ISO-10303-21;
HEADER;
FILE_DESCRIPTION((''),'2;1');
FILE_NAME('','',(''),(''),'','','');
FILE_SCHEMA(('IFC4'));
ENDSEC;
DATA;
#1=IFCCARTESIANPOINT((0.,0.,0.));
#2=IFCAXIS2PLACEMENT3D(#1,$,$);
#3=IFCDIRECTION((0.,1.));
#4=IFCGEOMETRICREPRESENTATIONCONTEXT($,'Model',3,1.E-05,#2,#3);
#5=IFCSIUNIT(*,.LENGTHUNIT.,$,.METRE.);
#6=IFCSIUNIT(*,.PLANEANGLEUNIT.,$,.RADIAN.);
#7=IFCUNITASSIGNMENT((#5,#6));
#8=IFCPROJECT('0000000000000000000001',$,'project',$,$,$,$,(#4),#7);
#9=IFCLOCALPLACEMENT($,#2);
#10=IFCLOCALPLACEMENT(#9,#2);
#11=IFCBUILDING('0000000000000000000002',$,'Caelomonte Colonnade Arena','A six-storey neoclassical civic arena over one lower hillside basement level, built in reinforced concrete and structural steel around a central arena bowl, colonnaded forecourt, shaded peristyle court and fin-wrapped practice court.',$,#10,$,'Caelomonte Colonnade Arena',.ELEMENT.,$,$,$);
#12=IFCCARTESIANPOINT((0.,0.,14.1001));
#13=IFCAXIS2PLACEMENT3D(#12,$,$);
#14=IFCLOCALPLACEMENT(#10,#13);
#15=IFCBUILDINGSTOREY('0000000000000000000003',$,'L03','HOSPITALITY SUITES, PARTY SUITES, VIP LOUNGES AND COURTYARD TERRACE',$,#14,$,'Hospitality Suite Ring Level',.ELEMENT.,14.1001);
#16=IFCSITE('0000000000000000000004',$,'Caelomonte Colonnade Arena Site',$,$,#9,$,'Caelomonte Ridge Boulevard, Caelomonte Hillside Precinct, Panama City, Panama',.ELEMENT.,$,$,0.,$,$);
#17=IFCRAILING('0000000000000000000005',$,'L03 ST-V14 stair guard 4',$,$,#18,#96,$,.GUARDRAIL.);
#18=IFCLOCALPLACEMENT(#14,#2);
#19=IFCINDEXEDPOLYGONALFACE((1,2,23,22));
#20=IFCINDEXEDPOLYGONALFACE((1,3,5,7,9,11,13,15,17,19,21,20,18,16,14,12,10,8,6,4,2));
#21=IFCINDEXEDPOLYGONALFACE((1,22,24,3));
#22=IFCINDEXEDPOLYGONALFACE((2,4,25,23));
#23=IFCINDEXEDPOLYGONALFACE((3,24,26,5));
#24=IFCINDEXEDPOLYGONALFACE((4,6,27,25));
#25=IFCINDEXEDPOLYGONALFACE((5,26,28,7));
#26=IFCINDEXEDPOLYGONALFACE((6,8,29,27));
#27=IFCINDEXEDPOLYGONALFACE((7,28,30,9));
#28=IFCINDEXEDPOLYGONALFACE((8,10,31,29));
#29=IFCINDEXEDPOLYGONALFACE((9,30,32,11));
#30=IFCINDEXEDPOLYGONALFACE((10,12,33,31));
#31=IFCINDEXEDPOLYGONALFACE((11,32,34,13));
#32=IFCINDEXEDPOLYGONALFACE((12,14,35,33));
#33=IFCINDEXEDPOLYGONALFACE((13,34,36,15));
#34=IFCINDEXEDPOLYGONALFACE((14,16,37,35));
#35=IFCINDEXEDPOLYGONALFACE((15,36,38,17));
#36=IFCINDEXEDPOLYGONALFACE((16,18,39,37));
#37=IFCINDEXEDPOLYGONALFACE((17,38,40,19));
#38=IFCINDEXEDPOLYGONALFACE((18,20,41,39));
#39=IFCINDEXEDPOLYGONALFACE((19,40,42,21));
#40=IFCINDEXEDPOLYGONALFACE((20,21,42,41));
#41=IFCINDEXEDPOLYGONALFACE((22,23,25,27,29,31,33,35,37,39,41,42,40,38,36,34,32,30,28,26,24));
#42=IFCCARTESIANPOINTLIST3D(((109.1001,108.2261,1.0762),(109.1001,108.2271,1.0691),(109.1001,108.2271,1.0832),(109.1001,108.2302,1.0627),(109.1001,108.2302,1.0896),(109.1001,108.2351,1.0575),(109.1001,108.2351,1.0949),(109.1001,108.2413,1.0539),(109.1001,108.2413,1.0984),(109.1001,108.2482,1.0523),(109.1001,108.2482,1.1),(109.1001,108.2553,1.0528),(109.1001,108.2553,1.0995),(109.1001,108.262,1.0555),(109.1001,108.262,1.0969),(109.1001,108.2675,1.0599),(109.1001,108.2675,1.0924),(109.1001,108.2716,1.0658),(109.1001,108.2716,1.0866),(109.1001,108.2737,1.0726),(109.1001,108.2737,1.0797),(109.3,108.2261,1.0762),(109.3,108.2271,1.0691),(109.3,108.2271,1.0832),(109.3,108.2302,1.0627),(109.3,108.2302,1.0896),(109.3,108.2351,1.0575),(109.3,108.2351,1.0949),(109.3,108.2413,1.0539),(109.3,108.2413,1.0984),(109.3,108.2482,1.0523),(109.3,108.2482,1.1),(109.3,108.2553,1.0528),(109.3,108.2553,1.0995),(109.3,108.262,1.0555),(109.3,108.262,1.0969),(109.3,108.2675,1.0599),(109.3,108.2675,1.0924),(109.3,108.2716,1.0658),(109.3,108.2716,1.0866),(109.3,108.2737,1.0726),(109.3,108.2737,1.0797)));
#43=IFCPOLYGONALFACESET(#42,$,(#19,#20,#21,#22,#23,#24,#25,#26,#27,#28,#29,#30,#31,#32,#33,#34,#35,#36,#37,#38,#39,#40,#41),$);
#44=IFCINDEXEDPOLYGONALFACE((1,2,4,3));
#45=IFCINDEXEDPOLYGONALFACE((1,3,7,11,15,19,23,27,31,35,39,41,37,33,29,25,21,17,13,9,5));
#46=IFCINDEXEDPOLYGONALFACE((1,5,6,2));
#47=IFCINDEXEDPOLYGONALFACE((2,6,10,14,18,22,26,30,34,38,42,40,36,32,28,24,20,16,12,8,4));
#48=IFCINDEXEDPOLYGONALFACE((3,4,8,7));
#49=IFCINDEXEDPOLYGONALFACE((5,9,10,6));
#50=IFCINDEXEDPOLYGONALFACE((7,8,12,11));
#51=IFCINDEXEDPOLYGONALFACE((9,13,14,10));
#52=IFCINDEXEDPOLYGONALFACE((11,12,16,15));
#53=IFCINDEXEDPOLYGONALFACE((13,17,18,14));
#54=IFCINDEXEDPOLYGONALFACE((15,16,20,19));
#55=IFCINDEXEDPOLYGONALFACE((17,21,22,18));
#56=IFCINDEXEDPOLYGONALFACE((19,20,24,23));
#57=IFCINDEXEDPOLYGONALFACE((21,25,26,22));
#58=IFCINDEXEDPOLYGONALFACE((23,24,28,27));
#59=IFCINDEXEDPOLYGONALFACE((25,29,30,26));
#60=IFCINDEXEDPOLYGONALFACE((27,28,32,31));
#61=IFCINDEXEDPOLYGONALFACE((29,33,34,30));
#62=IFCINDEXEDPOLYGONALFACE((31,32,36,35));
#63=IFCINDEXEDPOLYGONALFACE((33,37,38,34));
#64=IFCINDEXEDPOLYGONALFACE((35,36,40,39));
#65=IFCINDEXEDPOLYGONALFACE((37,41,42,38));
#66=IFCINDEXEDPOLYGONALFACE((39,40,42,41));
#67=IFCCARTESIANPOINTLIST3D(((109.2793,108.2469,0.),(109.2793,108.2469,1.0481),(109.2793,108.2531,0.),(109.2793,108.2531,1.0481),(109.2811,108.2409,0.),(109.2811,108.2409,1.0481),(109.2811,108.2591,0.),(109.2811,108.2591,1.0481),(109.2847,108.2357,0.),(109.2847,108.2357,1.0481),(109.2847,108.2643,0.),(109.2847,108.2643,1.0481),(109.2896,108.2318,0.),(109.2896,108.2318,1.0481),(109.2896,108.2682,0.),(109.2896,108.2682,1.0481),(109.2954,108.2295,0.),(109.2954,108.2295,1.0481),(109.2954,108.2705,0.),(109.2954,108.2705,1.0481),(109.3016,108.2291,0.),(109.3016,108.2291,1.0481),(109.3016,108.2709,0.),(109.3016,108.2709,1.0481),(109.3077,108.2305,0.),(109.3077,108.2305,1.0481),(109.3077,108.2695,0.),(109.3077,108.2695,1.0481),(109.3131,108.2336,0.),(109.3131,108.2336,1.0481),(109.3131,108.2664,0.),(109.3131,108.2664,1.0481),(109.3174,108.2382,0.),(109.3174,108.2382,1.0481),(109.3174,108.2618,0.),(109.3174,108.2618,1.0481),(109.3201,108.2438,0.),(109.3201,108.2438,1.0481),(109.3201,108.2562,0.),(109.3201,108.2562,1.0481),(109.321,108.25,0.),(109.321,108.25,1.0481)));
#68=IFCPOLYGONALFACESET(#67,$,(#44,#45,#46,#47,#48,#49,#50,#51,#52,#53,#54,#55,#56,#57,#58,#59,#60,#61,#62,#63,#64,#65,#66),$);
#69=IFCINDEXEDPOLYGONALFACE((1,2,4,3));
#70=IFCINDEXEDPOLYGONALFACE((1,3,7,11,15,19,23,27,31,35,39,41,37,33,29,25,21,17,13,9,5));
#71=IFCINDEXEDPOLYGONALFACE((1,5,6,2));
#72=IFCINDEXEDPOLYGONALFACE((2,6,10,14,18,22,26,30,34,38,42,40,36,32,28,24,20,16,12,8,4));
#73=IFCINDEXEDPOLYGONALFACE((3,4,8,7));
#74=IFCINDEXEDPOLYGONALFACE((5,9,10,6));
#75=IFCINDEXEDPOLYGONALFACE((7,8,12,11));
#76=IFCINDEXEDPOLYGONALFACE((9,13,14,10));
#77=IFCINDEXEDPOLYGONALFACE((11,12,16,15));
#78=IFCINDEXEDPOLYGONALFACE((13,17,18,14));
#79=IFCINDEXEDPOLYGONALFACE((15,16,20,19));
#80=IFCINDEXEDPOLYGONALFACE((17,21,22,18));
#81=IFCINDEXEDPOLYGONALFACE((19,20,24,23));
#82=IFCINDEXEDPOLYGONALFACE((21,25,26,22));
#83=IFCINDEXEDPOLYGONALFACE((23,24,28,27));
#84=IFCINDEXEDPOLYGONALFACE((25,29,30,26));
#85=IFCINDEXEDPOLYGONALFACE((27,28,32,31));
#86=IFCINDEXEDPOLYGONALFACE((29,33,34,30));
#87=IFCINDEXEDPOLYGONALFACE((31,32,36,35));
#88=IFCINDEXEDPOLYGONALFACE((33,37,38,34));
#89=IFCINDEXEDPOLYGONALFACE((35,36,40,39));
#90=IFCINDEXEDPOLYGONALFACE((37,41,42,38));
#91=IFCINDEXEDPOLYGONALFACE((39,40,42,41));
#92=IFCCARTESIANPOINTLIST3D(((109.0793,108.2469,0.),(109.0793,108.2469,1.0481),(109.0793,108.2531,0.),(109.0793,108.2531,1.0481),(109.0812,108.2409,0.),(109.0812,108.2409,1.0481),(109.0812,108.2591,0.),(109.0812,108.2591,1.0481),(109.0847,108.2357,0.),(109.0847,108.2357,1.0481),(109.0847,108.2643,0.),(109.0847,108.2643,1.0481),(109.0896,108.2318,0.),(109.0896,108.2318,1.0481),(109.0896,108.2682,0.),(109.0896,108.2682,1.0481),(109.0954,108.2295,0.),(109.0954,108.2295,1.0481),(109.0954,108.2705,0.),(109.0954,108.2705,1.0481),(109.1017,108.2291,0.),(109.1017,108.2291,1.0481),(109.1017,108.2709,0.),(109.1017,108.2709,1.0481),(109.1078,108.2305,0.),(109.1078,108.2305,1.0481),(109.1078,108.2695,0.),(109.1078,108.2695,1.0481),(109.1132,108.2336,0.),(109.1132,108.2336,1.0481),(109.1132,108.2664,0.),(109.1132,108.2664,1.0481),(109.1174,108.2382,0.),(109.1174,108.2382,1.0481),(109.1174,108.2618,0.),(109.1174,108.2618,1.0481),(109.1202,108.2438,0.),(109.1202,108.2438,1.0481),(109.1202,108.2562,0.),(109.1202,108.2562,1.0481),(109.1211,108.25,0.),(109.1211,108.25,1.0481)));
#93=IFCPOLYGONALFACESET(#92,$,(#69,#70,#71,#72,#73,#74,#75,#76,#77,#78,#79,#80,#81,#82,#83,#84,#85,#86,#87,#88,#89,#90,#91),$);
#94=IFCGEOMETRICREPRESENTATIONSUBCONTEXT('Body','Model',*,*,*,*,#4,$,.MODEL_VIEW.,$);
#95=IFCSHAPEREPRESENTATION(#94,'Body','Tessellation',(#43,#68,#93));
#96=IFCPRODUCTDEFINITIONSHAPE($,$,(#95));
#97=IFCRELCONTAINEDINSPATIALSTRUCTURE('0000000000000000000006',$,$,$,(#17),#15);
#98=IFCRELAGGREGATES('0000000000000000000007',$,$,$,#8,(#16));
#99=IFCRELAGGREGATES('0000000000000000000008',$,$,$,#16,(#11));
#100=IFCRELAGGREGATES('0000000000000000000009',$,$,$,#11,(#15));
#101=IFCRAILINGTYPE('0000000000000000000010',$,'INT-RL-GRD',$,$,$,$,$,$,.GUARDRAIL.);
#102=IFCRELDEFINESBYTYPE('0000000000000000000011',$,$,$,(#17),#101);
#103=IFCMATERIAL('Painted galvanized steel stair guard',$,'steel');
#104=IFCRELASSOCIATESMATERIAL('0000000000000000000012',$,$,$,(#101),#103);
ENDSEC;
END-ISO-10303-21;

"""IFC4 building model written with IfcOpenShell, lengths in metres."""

from ifc_helpers import new_model, si_unit, direction, frame, origin, origin_2d, place, context, subcontext, project, spatial, circle, extrude, material, type_object, element, save


model = new_model("IFC4")

# Units and contexts
model_context = context("Model", 3, precision=1e-05, world=origin(), true_north=direction((0.0, 1.0)))
body_context = subcontext(model_context, "Body", "Model", "MODEL_VIEW")
ifc_project = project(units=[si_unit("LENGTHUNIT", "METRE"), si_unit("PLANEANGLEUNIT", "RADIAN")], contexts=[model_context])

# Site, building, storey
site_placement = place(None, origin())
site = spatial("IfcSite", under=ifc_project, at=site_placement, Name="Caelomonte Colonnade Arena Site", LongName="Caelomonte Ridge Boulevard, Caelomonte Hillside Precinct, Panama City, Panama", CompositionType="ELEMENT", RefElevation=0.0)
building_placement = place(site_placement, origin())
building = spatial("IfcBuilding", under=site, at=building_placement, Name="Caelomonte Colonnade Arena", Description="A six-storey neoclassical civic arena over one lower hillside basement level, built in reinforced concrete and structural steel around a central arena bowl, colonnaded forecourt, shaded peristyle court and fin-wrapped practice court.", LongName="Caelomonte Colonnade Arena", CompositionType="ELEMENT")
storey_placement = place(building_placement, frame((0.0, 0.0, 14.1001)))
storey = spatial("IfcBuildingStorey", under=building, at=storey_placement, Name="L03", Description="HOSPITALITY SUITES, PARTY SUITES, VIP LOUNGES AND COURTYARD TERRACE", LongName="Hospitality Suite Ring Level", CompositionType="ELEMENT", Elevation=14.1001)

# Railing
ifc_material_1 = material(Name="Painted galvanized steel stair guard", Category="steel")
railing_type_1 = type_object("IfcRailingType", Name="INT-RL-GRD", PredefinedType="GUARDRAIL", material=ifc_material_1)
railing_1_placement = place(storey_placement, frame((109.3, 108.25, 0.0)))
element("IfcRailing", 1, at=railing_1_placement, inside=storey, type_object=railing_type_1, Name="L03 ST-V14 stair guard 4", PredefinedType="GUARDRAIL", context=body_context, shape_type="SweptSolid", body=[
    extrude(circle(Radius=0.0239, at=origin_2d()), frame((0.0, 0.0, 1.0762), z_axis=(-1.0, 0.0, 0.0), x_axis=(0.0, -1.0, 0.0)), (0.0, 0.0, 1.0), 0.2),
    extrude(circle(Radius=0.021, at=origin_2d()), origin(), (0.0, 0.0, 1.0), 1.0481),
    extrude(circle(Radius=0.021, at=origin_2d()), frame((-0.2, 0.0, 0.0)), (0.0, 0.0, 1.0), 1.0481),
])

save(model, "model.ifc")
